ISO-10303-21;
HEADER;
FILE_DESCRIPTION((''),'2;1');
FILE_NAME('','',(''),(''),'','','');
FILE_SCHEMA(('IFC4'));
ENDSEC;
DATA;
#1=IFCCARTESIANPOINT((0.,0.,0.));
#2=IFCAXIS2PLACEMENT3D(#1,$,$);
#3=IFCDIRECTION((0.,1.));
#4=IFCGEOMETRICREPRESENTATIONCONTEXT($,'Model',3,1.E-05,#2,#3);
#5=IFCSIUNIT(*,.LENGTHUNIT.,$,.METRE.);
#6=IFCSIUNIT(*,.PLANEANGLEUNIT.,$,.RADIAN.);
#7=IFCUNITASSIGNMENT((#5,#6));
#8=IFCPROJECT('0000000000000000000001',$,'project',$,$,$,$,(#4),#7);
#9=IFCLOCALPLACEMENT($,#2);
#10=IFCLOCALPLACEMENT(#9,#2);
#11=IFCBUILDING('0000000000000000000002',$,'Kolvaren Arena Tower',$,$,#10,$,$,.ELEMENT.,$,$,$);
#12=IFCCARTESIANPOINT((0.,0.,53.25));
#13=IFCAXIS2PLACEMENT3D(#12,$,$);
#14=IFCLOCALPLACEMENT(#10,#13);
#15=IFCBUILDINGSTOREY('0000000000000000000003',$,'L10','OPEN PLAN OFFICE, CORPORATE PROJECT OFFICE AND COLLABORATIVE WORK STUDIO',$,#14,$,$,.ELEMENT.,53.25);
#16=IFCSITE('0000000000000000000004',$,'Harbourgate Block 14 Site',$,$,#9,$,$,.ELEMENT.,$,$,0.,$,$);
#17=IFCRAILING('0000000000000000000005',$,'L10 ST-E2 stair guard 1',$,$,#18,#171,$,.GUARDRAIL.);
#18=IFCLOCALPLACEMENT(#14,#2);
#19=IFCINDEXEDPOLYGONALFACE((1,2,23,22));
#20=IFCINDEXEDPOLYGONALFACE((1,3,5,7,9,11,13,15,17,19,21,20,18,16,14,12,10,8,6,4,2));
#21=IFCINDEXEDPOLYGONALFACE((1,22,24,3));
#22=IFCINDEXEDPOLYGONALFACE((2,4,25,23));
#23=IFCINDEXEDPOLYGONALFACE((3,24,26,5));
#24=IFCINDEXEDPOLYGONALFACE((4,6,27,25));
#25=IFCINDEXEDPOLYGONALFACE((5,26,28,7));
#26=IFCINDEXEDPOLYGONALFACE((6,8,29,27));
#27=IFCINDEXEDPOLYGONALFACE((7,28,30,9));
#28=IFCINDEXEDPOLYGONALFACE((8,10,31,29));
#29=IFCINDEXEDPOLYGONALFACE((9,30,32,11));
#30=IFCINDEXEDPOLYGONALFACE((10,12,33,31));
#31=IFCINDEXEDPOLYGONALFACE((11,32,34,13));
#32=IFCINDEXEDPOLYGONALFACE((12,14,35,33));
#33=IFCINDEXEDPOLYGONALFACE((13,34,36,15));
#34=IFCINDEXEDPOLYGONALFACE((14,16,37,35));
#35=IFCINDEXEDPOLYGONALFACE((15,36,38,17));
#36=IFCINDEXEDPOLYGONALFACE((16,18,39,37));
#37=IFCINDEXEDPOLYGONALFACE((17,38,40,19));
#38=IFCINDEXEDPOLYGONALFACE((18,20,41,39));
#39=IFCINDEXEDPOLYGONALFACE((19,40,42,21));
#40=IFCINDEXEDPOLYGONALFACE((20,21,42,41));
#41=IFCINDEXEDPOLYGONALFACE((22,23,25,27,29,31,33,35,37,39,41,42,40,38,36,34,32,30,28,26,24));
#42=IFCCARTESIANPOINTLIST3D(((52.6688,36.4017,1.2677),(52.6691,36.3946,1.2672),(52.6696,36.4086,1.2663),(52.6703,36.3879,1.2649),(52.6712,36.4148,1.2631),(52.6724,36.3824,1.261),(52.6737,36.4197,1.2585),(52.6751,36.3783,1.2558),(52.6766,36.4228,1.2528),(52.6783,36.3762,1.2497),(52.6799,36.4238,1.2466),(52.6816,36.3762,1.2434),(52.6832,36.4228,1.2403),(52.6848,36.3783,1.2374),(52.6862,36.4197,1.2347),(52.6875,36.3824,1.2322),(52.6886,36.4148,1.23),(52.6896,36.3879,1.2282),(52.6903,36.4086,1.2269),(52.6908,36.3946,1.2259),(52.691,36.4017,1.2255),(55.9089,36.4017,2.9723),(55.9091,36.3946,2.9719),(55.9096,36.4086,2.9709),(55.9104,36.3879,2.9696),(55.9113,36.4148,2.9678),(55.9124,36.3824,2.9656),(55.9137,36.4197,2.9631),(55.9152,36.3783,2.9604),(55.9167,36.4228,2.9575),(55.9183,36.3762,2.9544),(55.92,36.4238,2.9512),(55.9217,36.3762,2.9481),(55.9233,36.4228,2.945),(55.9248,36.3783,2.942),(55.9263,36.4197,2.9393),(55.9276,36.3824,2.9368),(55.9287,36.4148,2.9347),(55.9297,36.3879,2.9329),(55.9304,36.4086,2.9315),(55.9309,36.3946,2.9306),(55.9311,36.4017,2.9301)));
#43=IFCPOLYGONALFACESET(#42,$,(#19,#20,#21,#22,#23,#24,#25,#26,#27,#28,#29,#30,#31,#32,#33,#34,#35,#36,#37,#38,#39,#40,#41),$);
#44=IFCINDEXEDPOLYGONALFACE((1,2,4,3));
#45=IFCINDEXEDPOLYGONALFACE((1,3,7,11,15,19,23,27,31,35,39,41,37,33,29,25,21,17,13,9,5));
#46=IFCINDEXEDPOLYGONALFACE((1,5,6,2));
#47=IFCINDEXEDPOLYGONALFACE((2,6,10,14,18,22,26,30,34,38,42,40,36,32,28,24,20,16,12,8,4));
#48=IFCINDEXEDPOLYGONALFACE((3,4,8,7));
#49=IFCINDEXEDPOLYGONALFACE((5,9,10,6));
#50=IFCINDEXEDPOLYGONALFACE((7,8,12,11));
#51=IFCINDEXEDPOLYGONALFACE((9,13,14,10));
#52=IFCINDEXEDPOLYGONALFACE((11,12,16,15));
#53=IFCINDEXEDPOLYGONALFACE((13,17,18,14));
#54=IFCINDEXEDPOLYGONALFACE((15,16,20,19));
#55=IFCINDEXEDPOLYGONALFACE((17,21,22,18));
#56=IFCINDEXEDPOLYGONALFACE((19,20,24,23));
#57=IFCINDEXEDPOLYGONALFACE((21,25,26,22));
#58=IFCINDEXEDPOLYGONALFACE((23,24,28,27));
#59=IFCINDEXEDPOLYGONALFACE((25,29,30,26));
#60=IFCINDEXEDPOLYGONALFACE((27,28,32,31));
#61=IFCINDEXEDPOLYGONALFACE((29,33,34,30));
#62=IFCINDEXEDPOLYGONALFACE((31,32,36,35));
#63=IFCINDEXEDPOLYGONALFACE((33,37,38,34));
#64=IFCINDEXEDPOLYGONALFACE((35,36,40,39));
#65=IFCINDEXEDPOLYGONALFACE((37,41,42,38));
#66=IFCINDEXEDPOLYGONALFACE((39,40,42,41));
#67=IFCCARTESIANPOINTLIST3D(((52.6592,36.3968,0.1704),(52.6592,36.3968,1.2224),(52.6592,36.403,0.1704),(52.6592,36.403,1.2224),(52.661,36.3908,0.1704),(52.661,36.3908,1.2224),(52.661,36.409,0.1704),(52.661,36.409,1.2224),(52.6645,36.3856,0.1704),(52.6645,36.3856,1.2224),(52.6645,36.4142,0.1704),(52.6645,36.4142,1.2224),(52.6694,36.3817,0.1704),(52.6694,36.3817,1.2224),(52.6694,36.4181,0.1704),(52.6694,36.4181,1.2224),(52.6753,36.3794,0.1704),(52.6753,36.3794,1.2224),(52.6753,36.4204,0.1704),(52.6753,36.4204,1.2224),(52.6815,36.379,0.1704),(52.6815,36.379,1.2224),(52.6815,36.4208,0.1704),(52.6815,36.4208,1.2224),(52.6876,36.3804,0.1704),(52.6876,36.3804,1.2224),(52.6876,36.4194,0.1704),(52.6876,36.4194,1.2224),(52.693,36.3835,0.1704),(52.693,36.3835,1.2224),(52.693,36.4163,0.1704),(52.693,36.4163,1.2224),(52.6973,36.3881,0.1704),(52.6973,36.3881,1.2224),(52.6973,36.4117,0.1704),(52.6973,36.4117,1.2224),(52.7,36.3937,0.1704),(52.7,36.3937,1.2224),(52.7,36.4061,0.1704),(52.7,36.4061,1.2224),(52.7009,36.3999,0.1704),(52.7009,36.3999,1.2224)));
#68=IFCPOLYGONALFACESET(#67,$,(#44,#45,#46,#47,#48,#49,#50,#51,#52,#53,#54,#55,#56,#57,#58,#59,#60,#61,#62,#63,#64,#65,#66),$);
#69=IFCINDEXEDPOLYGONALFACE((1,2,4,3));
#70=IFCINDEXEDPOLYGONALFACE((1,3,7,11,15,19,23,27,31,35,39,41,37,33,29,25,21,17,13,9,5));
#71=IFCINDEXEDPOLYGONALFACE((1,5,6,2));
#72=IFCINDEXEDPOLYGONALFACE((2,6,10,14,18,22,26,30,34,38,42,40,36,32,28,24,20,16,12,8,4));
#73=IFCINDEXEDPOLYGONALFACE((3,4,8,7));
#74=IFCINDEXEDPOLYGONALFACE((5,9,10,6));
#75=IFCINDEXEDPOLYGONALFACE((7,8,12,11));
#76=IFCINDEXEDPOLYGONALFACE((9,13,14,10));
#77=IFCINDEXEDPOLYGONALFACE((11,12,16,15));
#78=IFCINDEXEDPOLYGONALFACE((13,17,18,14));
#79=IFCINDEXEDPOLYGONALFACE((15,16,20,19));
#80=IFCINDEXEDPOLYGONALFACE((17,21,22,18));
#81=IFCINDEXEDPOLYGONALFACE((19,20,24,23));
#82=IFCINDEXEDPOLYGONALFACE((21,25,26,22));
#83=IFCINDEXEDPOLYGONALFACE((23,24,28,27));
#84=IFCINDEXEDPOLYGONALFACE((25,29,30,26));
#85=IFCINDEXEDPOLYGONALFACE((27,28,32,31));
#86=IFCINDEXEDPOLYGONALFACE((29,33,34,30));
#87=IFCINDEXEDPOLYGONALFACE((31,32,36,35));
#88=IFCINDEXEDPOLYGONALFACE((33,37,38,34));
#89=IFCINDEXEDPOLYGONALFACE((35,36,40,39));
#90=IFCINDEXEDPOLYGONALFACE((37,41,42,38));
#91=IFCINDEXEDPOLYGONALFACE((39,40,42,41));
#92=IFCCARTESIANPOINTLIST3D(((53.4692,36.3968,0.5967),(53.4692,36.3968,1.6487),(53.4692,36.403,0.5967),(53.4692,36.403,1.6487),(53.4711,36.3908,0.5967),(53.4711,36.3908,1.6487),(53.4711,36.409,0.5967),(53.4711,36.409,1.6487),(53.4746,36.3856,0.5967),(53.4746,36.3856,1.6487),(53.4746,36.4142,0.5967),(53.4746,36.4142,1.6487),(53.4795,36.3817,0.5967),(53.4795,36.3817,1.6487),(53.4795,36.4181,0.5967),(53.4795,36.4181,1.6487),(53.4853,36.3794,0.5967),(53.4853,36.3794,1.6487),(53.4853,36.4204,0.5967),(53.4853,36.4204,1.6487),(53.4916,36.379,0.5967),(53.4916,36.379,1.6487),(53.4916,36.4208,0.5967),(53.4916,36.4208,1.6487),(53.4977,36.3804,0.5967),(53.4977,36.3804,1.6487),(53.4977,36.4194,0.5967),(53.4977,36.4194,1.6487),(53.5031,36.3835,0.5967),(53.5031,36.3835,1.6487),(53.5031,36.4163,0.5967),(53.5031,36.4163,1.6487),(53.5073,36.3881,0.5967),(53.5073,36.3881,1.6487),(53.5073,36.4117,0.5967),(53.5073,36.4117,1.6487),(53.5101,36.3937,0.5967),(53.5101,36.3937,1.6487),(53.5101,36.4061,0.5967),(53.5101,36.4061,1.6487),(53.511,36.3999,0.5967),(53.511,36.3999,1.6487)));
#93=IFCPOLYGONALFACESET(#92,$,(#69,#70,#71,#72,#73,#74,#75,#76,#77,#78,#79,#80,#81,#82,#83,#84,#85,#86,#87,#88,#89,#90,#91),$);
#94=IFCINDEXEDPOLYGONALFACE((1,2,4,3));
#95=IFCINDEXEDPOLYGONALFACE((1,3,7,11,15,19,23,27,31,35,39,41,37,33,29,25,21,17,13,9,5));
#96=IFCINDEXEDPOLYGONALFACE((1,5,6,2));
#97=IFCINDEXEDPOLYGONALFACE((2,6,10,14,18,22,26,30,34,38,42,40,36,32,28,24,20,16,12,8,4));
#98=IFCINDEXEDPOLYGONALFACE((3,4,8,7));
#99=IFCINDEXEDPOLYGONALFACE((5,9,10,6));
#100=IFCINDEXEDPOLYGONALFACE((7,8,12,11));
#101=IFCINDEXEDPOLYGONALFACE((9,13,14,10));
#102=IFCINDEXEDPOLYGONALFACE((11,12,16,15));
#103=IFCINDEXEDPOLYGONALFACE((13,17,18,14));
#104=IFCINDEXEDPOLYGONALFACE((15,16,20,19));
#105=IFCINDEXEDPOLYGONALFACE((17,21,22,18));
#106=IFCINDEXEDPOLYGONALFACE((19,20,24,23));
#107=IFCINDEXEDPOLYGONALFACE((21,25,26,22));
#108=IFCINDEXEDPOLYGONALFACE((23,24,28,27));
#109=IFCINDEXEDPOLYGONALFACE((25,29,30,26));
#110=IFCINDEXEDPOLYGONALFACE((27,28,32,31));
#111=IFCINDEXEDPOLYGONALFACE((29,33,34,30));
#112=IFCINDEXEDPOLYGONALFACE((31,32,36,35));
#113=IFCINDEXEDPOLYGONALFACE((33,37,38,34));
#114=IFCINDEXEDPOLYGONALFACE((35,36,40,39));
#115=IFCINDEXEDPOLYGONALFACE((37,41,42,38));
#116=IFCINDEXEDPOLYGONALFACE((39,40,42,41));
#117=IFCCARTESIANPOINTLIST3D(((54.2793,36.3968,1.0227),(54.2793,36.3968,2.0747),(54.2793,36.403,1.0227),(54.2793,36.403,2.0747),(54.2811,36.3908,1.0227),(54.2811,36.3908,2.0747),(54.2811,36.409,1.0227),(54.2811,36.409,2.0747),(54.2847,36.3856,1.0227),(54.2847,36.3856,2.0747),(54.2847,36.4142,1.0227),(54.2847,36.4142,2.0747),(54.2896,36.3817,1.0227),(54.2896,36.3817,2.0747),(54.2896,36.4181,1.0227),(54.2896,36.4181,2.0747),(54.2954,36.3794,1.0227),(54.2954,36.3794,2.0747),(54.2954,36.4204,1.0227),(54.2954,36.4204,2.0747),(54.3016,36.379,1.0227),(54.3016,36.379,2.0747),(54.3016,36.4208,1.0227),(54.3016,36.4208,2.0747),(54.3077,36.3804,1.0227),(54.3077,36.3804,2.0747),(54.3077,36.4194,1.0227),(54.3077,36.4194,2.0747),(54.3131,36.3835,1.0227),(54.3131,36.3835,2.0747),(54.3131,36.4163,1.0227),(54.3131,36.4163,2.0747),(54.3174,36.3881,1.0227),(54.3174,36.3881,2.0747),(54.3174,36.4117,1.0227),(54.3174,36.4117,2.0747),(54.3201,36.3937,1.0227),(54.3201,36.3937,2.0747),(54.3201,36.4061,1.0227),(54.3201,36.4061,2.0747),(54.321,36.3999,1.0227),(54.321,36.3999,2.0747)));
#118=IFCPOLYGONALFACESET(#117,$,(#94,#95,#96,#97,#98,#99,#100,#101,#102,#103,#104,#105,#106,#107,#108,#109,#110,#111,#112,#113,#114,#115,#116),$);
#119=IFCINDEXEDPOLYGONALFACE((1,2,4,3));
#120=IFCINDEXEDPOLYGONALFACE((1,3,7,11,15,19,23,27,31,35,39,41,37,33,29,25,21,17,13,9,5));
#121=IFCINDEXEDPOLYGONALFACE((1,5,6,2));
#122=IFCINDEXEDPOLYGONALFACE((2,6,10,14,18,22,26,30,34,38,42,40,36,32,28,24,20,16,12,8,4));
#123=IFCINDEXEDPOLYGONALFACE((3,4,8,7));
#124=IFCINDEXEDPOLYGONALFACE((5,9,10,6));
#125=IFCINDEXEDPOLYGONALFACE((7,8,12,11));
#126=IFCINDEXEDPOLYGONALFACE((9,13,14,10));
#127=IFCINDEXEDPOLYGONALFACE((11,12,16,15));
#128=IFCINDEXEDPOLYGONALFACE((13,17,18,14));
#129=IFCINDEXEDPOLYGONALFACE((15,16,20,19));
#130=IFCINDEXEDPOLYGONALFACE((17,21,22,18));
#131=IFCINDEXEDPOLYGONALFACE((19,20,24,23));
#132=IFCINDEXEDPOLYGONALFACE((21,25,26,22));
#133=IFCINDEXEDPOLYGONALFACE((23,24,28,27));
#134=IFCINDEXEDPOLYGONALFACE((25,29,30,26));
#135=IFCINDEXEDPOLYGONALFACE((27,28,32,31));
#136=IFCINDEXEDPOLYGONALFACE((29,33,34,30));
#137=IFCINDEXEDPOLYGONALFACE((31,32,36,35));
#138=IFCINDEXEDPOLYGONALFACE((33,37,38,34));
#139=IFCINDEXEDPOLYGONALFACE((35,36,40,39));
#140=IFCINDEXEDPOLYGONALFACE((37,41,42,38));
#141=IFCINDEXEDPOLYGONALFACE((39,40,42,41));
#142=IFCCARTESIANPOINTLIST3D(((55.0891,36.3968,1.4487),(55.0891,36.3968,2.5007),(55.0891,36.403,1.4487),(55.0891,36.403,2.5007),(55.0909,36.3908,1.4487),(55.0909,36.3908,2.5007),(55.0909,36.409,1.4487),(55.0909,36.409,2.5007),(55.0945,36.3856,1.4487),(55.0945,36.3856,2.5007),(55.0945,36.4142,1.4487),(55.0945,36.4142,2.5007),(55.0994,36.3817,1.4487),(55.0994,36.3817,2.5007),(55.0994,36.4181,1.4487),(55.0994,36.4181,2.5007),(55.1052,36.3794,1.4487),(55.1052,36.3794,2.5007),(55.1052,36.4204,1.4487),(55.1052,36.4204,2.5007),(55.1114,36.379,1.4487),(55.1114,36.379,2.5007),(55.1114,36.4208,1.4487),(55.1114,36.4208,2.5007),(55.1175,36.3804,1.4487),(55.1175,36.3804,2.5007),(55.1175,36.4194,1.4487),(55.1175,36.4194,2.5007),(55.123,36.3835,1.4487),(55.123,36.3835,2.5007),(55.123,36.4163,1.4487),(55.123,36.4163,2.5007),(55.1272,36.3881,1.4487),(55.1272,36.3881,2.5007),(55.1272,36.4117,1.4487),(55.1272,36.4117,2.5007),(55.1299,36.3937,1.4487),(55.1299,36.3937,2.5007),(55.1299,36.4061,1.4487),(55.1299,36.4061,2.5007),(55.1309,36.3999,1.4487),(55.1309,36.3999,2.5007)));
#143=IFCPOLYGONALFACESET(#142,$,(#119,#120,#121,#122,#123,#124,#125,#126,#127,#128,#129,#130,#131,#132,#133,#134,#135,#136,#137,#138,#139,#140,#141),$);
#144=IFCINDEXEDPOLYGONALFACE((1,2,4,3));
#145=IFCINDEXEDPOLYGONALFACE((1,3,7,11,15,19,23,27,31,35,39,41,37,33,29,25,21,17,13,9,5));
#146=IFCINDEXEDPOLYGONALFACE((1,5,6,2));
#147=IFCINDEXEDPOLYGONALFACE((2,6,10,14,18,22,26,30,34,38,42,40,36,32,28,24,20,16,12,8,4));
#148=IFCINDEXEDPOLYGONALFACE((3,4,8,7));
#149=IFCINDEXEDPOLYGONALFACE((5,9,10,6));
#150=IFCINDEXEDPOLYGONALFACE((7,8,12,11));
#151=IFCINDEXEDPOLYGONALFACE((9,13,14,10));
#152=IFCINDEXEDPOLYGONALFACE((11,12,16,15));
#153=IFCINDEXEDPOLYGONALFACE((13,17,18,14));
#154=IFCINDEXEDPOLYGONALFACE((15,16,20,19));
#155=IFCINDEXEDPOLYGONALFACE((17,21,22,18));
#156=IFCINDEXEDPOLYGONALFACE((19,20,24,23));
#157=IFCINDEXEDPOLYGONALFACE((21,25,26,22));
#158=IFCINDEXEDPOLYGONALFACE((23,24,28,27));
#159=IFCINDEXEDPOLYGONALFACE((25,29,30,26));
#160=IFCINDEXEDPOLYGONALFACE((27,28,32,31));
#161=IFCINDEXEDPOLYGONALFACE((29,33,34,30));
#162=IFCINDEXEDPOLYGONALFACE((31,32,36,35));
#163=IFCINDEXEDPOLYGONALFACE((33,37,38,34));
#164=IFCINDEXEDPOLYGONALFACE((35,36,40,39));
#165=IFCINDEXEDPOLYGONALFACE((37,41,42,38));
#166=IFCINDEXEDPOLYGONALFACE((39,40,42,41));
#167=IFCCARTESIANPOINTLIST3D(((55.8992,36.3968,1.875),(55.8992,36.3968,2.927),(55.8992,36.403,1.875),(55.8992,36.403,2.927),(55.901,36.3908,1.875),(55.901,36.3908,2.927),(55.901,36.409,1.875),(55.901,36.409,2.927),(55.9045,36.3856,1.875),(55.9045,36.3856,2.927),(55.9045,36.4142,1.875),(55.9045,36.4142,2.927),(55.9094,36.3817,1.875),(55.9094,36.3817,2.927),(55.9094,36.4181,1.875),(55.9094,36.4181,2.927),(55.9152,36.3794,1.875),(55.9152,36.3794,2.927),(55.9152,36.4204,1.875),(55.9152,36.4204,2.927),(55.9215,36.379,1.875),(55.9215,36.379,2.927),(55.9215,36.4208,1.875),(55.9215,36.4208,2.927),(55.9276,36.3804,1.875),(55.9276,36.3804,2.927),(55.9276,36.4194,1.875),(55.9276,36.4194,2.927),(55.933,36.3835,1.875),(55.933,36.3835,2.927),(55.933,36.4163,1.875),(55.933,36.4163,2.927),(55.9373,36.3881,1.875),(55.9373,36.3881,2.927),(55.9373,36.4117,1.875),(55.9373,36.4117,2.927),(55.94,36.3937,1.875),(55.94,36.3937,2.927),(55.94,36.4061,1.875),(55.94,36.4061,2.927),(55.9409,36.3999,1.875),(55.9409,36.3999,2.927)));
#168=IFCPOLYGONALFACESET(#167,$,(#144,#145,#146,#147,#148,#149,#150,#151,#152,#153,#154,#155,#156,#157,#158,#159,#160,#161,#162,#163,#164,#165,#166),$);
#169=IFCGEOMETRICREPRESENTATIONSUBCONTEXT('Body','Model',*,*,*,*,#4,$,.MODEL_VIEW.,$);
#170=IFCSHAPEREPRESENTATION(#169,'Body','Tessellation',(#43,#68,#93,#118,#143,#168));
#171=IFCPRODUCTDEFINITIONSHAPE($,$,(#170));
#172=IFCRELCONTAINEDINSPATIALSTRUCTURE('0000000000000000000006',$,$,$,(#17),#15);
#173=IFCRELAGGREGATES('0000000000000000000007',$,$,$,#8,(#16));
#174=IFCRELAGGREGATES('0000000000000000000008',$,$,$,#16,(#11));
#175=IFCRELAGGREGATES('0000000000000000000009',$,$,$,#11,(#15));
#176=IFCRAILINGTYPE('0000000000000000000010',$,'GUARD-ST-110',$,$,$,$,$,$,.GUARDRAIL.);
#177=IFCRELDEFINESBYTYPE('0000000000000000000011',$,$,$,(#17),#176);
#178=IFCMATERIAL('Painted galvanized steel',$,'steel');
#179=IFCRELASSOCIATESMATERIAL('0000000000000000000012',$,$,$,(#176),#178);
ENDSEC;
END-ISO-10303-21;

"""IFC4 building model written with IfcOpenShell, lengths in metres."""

from ifc_helpers import new_model, si_unit, direction, frame, origin, origin_2d, place, context, subcontext, project, spatial, circle, extrude, material, type_object, element, save


model = new_model("IFC4")

# Units and contexts
model_context = context("Model", 3, precision=1e-05, world=origin(), true_north=direction((0.0, 1.0)))
body_context = subcontext(model_context, "Body", "Model", "MODEL_VIEW")
ifc_project = project(units=[si_unit("LENGTHUNIT", "METRE"), si_unit("PLANEANGLEUNIT", "RADIAN")], contexts=[model_context])

# Site, building, storey
site_placement = place(None, origin())
site = spatial("IfcSite", under=ifc_project, at=site_placement, Name="Harbourgate Block 14 Site", CompositionType="ELEMENT", RefElevation=0.0)
building_placement = place(site_placement, origin())
building = spatial("IfcBuilding", under=site, at=building_placement, Name="Kolvaren Arena Tower", CompositionType="ELEMENT")
storey_placement = place(building_placement, frame((0.0, 0.0, 53.25)))
storey = spatial("IfcBuildingStorey", under=building, at=storey_placement, Name="L10", Description="OPEN PLAN OFFICE, CORPORATE PROJECT OFFICE AND COLLABORATIVE WORK STUDIO", CompositionType="ELEMENT", Elevation=53.25)

# Railing
ifc_material_1 = material(Name="Painted galvanized steel", Category="steel")
railing_type_1 = type_object("IfcRailingType", Name="GUARD-ST-110", PredefinedType="GUARDRAIL", material=ifc_material_1)
railing_1_placement = place(storey_placement, frame((52.6799, 36.3999, 0.1704)))
element("IfcRailing", 1, at=railing_1_placement, inside=storey, type_object=railing_type_1, Name="L10 ST-E2 stair guard 1", PredefinedType="GUARDRAIL", context=body_context, shape_type="SweptSolid", body=[
    extrude(circle(Radius=0.0239, at=origin_2d()), frame((0.0, 0.0, 1.0762), z_axis=(0.884993, 0.0, 0.465604), x_axis=(0.0, 1.0, 0.0)), (0.0, 0.0, 1.0), 3.6611),
    extrude(circle(Radius=0.021, at=origin_2d()), origin(), (0.0, 0.0, 1.0), 1.052),
    extrude(circle(Radius=0.021, at=origin_2d()), frame((0.8101, 0.0, 0.4263)), (0.0, 0.0, 1.0), 1.052),
    extrude(circle(Radius=0.021, at=origin_2d()), frame((1.6201, 0.0, 0.8523)), (0.0, 0.0, 1.0), 1.052),
    extrude(circle(Radius=0.021, at=origin_2d()), frame((2.4299, 0.0, 1.2783)), (0.0, 0.0, 1.0), 1.052),
    extrude(circle(Radius=0.021, at=origin_2d()), frame((3.24, 0.0, 1.7046)), (0.0, 0.0, 1.0), 1.052),
])

save(model, "model.ifc")
